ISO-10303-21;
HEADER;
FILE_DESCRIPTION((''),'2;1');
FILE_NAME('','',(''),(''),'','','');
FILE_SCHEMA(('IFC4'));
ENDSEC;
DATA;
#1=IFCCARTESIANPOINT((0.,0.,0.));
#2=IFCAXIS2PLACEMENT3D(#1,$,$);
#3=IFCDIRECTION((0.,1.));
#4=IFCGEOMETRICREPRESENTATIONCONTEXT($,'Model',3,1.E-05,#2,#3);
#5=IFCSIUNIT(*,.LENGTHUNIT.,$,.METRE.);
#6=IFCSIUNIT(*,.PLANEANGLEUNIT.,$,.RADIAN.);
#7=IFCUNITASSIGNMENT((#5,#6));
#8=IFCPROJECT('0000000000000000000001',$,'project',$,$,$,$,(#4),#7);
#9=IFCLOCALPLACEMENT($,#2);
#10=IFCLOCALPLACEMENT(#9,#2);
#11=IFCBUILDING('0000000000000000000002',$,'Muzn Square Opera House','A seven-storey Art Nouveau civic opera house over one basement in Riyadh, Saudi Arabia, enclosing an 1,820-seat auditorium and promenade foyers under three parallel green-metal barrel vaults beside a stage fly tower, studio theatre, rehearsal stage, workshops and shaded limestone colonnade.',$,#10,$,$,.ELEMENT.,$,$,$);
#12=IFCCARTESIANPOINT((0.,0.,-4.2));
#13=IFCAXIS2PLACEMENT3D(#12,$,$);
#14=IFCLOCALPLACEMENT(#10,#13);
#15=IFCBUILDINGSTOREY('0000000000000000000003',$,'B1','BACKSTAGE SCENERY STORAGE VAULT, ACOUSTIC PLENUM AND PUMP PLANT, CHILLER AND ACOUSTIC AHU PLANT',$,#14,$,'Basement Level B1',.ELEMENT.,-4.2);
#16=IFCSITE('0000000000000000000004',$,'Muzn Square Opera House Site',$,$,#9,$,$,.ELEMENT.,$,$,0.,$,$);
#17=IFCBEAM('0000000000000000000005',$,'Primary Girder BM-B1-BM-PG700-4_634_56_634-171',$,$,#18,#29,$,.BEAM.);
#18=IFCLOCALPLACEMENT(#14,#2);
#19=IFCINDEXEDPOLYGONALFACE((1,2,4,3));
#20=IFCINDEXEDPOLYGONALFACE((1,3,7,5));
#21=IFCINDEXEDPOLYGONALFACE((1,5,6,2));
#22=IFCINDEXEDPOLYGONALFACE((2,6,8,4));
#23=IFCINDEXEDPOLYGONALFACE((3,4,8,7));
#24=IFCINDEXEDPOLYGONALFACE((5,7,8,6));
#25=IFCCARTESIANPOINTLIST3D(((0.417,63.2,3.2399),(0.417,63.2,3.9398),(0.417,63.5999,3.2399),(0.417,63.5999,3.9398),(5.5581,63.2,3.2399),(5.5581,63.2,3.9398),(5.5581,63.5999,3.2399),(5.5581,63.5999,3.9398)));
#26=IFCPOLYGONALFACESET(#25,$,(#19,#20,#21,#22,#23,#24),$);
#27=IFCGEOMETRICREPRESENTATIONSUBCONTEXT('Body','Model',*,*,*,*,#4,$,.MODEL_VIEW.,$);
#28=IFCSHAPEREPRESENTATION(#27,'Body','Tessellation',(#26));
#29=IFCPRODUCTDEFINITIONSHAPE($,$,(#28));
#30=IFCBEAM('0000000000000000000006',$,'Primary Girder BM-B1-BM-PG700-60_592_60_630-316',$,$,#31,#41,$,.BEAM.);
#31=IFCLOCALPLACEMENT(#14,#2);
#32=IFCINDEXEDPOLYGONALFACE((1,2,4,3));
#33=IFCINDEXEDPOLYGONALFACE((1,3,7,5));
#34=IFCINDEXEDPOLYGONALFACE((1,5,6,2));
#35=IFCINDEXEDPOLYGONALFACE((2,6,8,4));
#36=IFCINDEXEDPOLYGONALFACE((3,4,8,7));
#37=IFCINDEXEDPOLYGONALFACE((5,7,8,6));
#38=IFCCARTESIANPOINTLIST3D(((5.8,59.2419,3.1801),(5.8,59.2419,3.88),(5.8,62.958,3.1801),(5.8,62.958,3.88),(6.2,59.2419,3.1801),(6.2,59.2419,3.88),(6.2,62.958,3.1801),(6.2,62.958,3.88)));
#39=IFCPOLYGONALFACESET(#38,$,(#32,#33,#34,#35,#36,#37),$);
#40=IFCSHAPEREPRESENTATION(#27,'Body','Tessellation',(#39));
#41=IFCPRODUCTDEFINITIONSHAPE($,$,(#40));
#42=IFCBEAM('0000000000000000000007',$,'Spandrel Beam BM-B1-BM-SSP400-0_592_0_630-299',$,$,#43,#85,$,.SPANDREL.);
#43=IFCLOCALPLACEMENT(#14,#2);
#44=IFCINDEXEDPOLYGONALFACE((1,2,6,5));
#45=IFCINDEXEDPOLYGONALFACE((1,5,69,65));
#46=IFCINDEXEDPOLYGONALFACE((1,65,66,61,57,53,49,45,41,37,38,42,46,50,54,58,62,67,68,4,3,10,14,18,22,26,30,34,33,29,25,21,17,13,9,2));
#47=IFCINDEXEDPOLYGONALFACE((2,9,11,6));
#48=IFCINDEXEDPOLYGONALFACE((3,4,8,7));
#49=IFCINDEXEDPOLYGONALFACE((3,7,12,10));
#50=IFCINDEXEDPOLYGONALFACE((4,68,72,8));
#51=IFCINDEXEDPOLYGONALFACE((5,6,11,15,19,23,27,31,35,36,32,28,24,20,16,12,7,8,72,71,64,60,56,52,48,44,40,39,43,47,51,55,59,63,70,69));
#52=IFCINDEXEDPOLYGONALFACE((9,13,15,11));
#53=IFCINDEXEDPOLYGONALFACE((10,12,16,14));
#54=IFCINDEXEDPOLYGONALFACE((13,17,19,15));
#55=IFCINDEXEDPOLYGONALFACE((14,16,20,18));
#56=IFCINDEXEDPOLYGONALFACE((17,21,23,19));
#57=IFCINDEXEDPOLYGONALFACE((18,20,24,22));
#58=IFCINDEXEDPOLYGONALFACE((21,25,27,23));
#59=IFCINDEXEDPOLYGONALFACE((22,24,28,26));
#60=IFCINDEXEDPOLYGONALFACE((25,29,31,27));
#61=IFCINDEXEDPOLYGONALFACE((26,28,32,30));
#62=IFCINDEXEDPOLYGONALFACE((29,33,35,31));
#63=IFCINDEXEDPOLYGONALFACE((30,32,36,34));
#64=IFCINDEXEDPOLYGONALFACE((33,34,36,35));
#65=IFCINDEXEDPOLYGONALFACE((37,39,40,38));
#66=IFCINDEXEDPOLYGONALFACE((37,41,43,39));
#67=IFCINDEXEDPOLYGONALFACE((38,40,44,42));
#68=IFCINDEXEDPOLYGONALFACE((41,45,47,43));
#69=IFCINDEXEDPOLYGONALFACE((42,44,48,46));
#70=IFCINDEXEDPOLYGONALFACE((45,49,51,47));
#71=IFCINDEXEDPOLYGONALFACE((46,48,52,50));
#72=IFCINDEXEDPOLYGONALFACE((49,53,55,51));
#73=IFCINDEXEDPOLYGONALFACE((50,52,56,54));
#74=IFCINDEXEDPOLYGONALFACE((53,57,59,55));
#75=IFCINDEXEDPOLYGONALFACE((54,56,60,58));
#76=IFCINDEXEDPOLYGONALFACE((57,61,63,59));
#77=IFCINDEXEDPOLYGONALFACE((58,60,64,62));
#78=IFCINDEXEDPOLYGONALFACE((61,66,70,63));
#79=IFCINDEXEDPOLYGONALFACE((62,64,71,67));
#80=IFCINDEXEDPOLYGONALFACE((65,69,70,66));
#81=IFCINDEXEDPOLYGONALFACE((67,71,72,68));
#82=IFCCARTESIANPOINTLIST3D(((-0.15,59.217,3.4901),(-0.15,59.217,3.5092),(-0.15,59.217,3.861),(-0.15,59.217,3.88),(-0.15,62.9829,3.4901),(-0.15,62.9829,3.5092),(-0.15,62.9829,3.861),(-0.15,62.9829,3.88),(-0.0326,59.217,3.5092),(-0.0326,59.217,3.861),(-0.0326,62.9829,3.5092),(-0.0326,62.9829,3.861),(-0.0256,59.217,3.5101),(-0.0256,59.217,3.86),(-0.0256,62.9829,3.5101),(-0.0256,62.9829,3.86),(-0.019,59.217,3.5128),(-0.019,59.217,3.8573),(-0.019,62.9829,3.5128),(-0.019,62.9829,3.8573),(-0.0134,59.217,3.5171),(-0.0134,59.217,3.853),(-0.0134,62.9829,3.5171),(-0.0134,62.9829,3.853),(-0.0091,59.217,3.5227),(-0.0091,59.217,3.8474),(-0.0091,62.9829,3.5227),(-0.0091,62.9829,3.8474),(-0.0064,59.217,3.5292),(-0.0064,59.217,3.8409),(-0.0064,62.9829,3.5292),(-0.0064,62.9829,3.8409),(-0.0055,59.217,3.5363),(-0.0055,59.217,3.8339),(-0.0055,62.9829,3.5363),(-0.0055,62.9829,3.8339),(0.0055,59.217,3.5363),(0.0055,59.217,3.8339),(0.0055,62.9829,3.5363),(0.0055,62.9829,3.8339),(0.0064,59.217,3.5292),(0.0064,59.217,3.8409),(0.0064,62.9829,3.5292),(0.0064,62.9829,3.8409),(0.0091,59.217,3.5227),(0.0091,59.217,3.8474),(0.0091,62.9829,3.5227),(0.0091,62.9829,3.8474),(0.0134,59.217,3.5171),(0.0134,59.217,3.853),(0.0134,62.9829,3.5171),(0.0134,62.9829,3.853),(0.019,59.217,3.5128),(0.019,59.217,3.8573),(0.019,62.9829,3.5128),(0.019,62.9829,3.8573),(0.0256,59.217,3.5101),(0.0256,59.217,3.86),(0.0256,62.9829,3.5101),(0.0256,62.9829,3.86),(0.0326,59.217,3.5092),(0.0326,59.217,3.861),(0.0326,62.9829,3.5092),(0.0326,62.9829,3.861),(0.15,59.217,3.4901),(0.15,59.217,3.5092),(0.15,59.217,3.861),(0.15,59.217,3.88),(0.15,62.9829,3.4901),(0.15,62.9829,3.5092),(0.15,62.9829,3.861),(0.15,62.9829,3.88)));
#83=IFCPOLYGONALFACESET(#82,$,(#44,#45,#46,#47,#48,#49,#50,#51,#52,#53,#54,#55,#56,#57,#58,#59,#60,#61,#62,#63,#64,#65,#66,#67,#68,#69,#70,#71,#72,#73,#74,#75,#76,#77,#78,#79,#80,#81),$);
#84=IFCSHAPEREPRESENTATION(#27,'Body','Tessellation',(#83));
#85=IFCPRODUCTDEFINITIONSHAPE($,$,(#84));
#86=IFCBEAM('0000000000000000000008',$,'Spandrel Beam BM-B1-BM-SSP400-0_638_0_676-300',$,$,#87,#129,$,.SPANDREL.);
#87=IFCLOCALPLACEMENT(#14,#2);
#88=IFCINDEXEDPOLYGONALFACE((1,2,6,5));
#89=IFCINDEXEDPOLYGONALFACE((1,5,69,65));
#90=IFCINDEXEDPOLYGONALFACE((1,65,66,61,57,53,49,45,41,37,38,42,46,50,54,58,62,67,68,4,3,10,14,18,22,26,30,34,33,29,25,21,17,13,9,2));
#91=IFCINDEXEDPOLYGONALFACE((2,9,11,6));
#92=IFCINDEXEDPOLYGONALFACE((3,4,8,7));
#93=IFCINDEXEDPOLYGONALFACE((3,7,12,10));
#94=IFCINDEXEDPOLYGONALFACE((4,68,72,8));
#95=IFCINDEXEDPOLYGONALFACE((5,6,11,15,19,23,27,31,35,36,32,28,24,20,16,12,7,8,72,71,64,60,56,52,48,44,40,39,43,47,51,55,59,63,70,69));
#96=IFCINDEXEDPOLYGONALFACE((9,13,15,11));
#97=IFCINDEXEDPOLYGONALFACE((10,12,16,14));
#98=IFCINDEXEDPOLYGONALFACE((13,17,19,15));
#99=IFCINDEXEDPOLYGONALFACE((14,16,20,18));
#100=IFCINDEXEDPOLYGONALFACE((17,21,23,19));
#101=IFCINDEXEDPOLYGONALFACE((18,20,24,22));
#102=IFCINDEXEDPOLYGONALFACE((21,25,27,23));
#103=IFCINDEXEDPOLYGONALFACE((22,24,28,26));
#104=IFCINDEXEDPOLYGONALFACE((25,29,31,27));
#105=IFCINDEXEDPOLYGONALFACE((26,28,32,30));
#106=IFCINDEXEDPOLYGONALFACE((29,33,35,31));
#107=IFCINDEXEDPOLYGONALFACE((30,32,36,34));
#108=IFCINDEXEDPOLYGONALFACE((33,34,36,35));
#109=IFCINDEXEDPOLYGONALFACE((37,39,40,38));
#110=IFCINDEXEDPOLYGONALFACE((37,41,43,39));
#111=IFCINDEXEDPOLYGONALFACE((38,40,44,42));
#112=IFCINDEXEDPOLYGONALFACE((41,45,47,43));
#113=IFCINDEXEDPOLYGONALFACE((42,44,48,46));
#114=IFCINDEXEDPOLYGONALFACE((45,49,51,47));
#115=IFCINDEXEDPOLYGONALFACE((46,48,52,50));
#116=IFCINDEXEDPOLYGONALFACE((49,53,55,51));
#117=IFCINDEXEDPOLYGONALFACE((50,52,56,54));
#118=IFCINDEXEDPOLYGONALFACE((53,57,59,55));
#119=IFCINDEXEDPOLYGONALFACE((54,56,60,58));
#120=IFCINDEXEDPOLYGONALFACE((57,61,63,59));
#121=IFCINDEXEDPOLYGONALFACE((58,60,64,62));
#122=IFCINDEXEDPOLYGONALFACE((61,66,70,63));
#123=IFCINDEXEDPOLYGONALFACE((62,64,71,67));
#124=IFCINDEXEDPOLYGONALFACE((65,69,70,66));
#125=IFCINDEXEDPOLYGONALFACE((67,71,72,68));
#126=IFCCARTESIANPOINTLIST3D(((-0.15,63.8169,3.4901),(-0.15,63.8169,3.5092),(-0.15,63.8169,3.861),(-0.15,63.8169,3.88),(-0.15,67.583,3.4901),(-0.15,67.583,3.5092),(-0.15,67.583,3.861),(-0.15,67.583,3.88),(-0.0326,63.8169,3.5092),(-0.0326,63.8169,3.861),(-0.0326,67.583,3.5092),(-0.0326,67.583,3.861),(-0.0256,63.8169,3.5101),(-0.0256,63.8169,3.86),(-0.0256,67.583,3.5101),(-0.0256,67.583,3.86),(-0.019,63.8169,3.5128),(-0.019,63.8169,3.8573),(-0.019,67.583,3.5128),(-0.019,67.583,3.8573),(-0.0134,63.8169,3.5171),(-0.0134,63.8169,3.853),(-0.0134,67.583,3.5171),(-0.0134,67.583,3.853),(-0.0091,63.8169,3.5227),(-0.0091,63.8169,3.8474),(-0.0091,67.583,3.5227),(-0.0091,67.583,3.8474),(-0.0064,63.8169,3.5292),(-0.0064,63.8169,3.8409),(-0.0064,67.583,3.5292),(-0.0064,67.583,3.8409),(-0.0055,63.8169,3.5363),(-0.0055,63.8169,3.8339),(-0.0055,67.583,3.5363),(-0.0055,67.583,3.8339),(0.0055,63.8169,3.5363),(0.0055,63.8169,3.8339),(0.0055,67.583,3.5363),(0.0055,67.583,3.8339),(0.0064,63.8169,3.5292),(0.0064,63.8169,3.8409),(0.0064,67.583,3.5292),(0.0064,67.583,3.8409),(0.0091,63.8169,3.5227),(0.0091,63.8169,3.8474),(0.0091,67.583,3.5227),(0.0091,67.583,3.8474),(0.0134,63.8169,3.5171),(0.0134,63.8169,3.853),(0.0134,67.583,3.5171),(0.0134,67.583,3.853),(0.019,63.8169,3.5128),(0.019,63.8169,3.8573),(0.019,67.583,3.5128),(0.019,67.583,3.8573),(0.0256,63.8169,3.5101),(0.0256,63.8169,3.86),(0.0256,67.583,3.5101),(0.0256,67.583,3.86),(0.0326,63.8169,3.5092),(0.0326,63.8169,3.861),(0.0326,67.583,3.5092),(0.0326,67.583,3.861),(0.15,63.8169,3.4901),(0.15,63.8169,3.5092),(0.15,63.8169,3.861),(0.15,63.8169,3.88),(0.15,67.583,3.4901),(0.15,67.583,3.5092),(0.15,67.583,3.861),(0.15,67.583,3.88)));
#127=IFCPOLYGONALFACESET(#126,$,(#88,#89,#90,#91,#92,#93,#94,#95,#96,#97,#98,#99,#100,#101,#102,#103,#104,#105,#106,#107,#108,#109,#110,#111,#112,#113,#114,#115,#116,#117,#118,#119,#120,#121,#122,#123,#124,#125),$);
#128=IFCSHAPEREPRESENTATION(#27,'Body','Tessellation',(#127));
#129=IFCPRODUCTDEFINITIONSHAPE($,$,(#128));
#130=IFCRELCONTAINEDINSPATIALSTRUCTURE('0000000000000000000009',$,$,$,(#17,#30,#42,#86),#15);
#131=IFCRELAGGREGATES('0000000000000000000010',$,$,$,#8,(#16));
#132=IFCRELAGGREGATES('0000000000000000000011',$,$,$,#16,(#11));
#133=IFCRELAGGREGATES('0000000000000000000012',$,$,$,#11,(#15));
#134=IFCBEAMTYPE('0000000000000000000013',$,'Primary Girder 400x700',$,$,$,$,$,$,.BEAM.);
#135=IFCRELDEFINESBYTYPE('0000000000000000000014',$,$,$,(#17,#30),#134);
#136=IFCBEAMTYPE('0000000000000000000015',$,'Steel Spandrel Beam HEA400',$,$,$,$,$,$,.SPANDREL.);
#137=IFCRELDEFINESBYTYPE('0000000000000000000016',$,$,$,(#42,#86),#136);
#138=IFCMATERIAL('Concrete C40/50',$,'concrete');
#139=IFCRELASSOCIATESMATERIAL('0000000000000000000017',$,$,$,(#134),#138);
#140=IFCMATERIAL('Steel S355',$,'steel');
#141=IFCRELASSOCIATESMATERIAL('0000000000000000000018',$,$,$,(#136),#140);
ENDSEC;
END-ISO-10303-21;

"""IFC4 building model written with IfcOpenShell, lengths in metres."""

from ifc_helpers import new_model, si_unit, direction, frame, origin, origin_2d, place, context, subcontext, project, spatial, rectangle, i_section, extrude, material, material_profile, profile_set, type_object, element, save


model = new_model("IFC4")

# Units and contexts
model_context = context("Model", 3, precision=1e-05, world=origin(), true_north=direction((0.0, 1.0)))
body_context = subcontext(model_context, "Body", "Model", "MODEL_VIEW")
ifc_project = project(units=[si_unit("LENGTHUNIT", "METRE"), si_unit("PLANEANGLEUNIT", "RADIAN")], contexts=[model_context])

# Site, building, storey
site_placement = place(None, origin())
site = spatial("IfcSite", under=ifc_project, at=site_placement, Name="Muzn Square Opera House Site", CompositionType="ELEMENT", RefElevation=0.0)
building_placement = place(site_placement, origin())
building = spatial("IfcBuilding", under=site, at=building_placement, Name="Muzn Square Opera House", Description="A seven-storey Art Nouveau civic opera house over one basement in Riyadh, Saudi Arabia, enclosing an 1,820-seat auditorium and promenade foyers under three parallel green-metal barrel vaults beside a stage fly tower, studio theatre, rehearsal stage, workshops and shaded limestone colonnade.", CompositionType="ELEMENT")
storey_placement = place(building_placement, frame((0.0, 0.0, -4.2)))
storey = spatial("IfcBuildingStorey", under=building, at=storey_placement, Name="B1", Description="BACKSTAGE SCENERY STORAGE VAULT, ACOUSTIC PLENUM AND PUMP PLANT, CHILLER AND ACOUSTIC AHU PLANT", LongName="Basement Level B1", CompositionType="ELEMENT", Elevation=-4.2)

# Shared definitions
ifc_material_1 = material(Name="Concrete C40/50", Category="concrete")

# Beams
ifc_material_profile_1 = material_profile(ifc_material_1, rectangle(XDim=0.3999, YDim=0.7, at=origin_2d()), Name="RCB 400x700", Category="concrete")
ifc_profile_set_1 = profile_set([ifc_material_profile_1], Name="Concrete C40/50")
beam_type_1 = type_object("IfcBeamType", Name="Primary Girder 400x700", PredefinedType="BEAM", material=ifc_profile_set_1)
for number, where, z_axis, x_axis, name in (
    (1, (0.417, 63.3999, 3.5898), (1.0, 0.0, 0.0), (0.0, 1.0, 0.0), "Primary Girder BM-B1-BM-PG700-4_634_56_634-171"),
):
    element("IfcBeam", number, at=place(storey_placement, frame(where, z_axis=z_axis, x_axis=x_axis)), inside=storey, type_object=beam_type_1, Name=name, PredefinedType="BEAM", context=body_context, shape_type="SweptSolid", body=[
        extrude(rectangle(XDim=0.3999, YDim=0.7, at=origin_2d()), origin(), (0.0, 0.0, 1.0), 5.1411),
    ])
beam_1_placement = place(storey_placement, frame((6.0, 59.2419, 3.53), z_axis=(0.0, 1.0, 0.0), x_axis=(-1.0, 0.0, 0.0)))
element("IfcBeam", 2, at=beam_1_placement, inside=storey, type_object=beam_type_1, Name="Primary Girder BM-B1-BM-PG700-60_592_60_630-316", PredefinedType="BEAM", context=body_context, shape_type="SweptSolid", body=[
    extrude(rectangle(XDim=0.3999, YDim=0.7, at=origin_2d()), origin(), (0.0, 0.0, 1.0), 3.7161),
])
ifc_material_2 = material(Name="Steel S355", Category="steel")
ifc_material_profile_2 = material_profile(ifc_material_2, i_section(OverallWidth=0.3, OverallDepth=0.3899, WebThickness=0.011, FlangeThickness=0.019, FilletRadius=0.0271, at=origin_2d()), Name="HEA 400", Category="steel")
ifc_profile_set_2 = profile_set([ifc_material_profile_2], Name="Steel S355")
beam_type_2 = type_object("IfcBeamType", Name="Steel Spandrel Beam HEA400", PredefinedType="SPANDREL", material=ifc_profile_set_2)
beam_2_placement = place(storey_placement, frame((0.0, 59.217, 3.6851), z_axis=(0.0, 1.0, 0.0), x_axis=(-1.0, 0.0, 0.0)))
element("IfcBeam", 3, at=beam_2_placement, inside=storey, type_object=beam_type_2, Name="Spandrel Beam BM-B1-BM-SSP400-0_592_0_630-299", PredefinedType="SPANDREL", context=body_context, shape_type="SweptSolid", body=[
    extrude(i_section(OverallWidth=0.3, OverallDepth=0.3899, WebThickness=0.011, FlangeThickness=0.019, FilletRadius=0.0271, at=origin_2d()), origin(), (0.0, 0.0, 1.0), 3.7659),
])
beam_3_placement = place(storey_placement, frame((0.0, 63.8169, 3.6851), z_axis=(0.0, 1.0, 0.0), x_axis=(-1.0, 0.0, 0.0)))
element("IfcBeam", 4, at=beam_3_placement, inside=storey, type_object=beam_type_2, Name="Spandrel Beam BM-B1-BM-SSP400-0_638_0_676-300", PredefinedType="SPANDREL", context=body_context, shape_type="SweptSolid", body=[
    extrude(i_section(OverallWidth=0.3, OverallDepth=0.3899, WebThickness=0.011, FlangeThickness=0.019, FilletRadius=0.0271, at=origin_2d()), origin(), (0.0, 0.0, 1.0), 3.7661),
])

save(model, "model.ifc")
